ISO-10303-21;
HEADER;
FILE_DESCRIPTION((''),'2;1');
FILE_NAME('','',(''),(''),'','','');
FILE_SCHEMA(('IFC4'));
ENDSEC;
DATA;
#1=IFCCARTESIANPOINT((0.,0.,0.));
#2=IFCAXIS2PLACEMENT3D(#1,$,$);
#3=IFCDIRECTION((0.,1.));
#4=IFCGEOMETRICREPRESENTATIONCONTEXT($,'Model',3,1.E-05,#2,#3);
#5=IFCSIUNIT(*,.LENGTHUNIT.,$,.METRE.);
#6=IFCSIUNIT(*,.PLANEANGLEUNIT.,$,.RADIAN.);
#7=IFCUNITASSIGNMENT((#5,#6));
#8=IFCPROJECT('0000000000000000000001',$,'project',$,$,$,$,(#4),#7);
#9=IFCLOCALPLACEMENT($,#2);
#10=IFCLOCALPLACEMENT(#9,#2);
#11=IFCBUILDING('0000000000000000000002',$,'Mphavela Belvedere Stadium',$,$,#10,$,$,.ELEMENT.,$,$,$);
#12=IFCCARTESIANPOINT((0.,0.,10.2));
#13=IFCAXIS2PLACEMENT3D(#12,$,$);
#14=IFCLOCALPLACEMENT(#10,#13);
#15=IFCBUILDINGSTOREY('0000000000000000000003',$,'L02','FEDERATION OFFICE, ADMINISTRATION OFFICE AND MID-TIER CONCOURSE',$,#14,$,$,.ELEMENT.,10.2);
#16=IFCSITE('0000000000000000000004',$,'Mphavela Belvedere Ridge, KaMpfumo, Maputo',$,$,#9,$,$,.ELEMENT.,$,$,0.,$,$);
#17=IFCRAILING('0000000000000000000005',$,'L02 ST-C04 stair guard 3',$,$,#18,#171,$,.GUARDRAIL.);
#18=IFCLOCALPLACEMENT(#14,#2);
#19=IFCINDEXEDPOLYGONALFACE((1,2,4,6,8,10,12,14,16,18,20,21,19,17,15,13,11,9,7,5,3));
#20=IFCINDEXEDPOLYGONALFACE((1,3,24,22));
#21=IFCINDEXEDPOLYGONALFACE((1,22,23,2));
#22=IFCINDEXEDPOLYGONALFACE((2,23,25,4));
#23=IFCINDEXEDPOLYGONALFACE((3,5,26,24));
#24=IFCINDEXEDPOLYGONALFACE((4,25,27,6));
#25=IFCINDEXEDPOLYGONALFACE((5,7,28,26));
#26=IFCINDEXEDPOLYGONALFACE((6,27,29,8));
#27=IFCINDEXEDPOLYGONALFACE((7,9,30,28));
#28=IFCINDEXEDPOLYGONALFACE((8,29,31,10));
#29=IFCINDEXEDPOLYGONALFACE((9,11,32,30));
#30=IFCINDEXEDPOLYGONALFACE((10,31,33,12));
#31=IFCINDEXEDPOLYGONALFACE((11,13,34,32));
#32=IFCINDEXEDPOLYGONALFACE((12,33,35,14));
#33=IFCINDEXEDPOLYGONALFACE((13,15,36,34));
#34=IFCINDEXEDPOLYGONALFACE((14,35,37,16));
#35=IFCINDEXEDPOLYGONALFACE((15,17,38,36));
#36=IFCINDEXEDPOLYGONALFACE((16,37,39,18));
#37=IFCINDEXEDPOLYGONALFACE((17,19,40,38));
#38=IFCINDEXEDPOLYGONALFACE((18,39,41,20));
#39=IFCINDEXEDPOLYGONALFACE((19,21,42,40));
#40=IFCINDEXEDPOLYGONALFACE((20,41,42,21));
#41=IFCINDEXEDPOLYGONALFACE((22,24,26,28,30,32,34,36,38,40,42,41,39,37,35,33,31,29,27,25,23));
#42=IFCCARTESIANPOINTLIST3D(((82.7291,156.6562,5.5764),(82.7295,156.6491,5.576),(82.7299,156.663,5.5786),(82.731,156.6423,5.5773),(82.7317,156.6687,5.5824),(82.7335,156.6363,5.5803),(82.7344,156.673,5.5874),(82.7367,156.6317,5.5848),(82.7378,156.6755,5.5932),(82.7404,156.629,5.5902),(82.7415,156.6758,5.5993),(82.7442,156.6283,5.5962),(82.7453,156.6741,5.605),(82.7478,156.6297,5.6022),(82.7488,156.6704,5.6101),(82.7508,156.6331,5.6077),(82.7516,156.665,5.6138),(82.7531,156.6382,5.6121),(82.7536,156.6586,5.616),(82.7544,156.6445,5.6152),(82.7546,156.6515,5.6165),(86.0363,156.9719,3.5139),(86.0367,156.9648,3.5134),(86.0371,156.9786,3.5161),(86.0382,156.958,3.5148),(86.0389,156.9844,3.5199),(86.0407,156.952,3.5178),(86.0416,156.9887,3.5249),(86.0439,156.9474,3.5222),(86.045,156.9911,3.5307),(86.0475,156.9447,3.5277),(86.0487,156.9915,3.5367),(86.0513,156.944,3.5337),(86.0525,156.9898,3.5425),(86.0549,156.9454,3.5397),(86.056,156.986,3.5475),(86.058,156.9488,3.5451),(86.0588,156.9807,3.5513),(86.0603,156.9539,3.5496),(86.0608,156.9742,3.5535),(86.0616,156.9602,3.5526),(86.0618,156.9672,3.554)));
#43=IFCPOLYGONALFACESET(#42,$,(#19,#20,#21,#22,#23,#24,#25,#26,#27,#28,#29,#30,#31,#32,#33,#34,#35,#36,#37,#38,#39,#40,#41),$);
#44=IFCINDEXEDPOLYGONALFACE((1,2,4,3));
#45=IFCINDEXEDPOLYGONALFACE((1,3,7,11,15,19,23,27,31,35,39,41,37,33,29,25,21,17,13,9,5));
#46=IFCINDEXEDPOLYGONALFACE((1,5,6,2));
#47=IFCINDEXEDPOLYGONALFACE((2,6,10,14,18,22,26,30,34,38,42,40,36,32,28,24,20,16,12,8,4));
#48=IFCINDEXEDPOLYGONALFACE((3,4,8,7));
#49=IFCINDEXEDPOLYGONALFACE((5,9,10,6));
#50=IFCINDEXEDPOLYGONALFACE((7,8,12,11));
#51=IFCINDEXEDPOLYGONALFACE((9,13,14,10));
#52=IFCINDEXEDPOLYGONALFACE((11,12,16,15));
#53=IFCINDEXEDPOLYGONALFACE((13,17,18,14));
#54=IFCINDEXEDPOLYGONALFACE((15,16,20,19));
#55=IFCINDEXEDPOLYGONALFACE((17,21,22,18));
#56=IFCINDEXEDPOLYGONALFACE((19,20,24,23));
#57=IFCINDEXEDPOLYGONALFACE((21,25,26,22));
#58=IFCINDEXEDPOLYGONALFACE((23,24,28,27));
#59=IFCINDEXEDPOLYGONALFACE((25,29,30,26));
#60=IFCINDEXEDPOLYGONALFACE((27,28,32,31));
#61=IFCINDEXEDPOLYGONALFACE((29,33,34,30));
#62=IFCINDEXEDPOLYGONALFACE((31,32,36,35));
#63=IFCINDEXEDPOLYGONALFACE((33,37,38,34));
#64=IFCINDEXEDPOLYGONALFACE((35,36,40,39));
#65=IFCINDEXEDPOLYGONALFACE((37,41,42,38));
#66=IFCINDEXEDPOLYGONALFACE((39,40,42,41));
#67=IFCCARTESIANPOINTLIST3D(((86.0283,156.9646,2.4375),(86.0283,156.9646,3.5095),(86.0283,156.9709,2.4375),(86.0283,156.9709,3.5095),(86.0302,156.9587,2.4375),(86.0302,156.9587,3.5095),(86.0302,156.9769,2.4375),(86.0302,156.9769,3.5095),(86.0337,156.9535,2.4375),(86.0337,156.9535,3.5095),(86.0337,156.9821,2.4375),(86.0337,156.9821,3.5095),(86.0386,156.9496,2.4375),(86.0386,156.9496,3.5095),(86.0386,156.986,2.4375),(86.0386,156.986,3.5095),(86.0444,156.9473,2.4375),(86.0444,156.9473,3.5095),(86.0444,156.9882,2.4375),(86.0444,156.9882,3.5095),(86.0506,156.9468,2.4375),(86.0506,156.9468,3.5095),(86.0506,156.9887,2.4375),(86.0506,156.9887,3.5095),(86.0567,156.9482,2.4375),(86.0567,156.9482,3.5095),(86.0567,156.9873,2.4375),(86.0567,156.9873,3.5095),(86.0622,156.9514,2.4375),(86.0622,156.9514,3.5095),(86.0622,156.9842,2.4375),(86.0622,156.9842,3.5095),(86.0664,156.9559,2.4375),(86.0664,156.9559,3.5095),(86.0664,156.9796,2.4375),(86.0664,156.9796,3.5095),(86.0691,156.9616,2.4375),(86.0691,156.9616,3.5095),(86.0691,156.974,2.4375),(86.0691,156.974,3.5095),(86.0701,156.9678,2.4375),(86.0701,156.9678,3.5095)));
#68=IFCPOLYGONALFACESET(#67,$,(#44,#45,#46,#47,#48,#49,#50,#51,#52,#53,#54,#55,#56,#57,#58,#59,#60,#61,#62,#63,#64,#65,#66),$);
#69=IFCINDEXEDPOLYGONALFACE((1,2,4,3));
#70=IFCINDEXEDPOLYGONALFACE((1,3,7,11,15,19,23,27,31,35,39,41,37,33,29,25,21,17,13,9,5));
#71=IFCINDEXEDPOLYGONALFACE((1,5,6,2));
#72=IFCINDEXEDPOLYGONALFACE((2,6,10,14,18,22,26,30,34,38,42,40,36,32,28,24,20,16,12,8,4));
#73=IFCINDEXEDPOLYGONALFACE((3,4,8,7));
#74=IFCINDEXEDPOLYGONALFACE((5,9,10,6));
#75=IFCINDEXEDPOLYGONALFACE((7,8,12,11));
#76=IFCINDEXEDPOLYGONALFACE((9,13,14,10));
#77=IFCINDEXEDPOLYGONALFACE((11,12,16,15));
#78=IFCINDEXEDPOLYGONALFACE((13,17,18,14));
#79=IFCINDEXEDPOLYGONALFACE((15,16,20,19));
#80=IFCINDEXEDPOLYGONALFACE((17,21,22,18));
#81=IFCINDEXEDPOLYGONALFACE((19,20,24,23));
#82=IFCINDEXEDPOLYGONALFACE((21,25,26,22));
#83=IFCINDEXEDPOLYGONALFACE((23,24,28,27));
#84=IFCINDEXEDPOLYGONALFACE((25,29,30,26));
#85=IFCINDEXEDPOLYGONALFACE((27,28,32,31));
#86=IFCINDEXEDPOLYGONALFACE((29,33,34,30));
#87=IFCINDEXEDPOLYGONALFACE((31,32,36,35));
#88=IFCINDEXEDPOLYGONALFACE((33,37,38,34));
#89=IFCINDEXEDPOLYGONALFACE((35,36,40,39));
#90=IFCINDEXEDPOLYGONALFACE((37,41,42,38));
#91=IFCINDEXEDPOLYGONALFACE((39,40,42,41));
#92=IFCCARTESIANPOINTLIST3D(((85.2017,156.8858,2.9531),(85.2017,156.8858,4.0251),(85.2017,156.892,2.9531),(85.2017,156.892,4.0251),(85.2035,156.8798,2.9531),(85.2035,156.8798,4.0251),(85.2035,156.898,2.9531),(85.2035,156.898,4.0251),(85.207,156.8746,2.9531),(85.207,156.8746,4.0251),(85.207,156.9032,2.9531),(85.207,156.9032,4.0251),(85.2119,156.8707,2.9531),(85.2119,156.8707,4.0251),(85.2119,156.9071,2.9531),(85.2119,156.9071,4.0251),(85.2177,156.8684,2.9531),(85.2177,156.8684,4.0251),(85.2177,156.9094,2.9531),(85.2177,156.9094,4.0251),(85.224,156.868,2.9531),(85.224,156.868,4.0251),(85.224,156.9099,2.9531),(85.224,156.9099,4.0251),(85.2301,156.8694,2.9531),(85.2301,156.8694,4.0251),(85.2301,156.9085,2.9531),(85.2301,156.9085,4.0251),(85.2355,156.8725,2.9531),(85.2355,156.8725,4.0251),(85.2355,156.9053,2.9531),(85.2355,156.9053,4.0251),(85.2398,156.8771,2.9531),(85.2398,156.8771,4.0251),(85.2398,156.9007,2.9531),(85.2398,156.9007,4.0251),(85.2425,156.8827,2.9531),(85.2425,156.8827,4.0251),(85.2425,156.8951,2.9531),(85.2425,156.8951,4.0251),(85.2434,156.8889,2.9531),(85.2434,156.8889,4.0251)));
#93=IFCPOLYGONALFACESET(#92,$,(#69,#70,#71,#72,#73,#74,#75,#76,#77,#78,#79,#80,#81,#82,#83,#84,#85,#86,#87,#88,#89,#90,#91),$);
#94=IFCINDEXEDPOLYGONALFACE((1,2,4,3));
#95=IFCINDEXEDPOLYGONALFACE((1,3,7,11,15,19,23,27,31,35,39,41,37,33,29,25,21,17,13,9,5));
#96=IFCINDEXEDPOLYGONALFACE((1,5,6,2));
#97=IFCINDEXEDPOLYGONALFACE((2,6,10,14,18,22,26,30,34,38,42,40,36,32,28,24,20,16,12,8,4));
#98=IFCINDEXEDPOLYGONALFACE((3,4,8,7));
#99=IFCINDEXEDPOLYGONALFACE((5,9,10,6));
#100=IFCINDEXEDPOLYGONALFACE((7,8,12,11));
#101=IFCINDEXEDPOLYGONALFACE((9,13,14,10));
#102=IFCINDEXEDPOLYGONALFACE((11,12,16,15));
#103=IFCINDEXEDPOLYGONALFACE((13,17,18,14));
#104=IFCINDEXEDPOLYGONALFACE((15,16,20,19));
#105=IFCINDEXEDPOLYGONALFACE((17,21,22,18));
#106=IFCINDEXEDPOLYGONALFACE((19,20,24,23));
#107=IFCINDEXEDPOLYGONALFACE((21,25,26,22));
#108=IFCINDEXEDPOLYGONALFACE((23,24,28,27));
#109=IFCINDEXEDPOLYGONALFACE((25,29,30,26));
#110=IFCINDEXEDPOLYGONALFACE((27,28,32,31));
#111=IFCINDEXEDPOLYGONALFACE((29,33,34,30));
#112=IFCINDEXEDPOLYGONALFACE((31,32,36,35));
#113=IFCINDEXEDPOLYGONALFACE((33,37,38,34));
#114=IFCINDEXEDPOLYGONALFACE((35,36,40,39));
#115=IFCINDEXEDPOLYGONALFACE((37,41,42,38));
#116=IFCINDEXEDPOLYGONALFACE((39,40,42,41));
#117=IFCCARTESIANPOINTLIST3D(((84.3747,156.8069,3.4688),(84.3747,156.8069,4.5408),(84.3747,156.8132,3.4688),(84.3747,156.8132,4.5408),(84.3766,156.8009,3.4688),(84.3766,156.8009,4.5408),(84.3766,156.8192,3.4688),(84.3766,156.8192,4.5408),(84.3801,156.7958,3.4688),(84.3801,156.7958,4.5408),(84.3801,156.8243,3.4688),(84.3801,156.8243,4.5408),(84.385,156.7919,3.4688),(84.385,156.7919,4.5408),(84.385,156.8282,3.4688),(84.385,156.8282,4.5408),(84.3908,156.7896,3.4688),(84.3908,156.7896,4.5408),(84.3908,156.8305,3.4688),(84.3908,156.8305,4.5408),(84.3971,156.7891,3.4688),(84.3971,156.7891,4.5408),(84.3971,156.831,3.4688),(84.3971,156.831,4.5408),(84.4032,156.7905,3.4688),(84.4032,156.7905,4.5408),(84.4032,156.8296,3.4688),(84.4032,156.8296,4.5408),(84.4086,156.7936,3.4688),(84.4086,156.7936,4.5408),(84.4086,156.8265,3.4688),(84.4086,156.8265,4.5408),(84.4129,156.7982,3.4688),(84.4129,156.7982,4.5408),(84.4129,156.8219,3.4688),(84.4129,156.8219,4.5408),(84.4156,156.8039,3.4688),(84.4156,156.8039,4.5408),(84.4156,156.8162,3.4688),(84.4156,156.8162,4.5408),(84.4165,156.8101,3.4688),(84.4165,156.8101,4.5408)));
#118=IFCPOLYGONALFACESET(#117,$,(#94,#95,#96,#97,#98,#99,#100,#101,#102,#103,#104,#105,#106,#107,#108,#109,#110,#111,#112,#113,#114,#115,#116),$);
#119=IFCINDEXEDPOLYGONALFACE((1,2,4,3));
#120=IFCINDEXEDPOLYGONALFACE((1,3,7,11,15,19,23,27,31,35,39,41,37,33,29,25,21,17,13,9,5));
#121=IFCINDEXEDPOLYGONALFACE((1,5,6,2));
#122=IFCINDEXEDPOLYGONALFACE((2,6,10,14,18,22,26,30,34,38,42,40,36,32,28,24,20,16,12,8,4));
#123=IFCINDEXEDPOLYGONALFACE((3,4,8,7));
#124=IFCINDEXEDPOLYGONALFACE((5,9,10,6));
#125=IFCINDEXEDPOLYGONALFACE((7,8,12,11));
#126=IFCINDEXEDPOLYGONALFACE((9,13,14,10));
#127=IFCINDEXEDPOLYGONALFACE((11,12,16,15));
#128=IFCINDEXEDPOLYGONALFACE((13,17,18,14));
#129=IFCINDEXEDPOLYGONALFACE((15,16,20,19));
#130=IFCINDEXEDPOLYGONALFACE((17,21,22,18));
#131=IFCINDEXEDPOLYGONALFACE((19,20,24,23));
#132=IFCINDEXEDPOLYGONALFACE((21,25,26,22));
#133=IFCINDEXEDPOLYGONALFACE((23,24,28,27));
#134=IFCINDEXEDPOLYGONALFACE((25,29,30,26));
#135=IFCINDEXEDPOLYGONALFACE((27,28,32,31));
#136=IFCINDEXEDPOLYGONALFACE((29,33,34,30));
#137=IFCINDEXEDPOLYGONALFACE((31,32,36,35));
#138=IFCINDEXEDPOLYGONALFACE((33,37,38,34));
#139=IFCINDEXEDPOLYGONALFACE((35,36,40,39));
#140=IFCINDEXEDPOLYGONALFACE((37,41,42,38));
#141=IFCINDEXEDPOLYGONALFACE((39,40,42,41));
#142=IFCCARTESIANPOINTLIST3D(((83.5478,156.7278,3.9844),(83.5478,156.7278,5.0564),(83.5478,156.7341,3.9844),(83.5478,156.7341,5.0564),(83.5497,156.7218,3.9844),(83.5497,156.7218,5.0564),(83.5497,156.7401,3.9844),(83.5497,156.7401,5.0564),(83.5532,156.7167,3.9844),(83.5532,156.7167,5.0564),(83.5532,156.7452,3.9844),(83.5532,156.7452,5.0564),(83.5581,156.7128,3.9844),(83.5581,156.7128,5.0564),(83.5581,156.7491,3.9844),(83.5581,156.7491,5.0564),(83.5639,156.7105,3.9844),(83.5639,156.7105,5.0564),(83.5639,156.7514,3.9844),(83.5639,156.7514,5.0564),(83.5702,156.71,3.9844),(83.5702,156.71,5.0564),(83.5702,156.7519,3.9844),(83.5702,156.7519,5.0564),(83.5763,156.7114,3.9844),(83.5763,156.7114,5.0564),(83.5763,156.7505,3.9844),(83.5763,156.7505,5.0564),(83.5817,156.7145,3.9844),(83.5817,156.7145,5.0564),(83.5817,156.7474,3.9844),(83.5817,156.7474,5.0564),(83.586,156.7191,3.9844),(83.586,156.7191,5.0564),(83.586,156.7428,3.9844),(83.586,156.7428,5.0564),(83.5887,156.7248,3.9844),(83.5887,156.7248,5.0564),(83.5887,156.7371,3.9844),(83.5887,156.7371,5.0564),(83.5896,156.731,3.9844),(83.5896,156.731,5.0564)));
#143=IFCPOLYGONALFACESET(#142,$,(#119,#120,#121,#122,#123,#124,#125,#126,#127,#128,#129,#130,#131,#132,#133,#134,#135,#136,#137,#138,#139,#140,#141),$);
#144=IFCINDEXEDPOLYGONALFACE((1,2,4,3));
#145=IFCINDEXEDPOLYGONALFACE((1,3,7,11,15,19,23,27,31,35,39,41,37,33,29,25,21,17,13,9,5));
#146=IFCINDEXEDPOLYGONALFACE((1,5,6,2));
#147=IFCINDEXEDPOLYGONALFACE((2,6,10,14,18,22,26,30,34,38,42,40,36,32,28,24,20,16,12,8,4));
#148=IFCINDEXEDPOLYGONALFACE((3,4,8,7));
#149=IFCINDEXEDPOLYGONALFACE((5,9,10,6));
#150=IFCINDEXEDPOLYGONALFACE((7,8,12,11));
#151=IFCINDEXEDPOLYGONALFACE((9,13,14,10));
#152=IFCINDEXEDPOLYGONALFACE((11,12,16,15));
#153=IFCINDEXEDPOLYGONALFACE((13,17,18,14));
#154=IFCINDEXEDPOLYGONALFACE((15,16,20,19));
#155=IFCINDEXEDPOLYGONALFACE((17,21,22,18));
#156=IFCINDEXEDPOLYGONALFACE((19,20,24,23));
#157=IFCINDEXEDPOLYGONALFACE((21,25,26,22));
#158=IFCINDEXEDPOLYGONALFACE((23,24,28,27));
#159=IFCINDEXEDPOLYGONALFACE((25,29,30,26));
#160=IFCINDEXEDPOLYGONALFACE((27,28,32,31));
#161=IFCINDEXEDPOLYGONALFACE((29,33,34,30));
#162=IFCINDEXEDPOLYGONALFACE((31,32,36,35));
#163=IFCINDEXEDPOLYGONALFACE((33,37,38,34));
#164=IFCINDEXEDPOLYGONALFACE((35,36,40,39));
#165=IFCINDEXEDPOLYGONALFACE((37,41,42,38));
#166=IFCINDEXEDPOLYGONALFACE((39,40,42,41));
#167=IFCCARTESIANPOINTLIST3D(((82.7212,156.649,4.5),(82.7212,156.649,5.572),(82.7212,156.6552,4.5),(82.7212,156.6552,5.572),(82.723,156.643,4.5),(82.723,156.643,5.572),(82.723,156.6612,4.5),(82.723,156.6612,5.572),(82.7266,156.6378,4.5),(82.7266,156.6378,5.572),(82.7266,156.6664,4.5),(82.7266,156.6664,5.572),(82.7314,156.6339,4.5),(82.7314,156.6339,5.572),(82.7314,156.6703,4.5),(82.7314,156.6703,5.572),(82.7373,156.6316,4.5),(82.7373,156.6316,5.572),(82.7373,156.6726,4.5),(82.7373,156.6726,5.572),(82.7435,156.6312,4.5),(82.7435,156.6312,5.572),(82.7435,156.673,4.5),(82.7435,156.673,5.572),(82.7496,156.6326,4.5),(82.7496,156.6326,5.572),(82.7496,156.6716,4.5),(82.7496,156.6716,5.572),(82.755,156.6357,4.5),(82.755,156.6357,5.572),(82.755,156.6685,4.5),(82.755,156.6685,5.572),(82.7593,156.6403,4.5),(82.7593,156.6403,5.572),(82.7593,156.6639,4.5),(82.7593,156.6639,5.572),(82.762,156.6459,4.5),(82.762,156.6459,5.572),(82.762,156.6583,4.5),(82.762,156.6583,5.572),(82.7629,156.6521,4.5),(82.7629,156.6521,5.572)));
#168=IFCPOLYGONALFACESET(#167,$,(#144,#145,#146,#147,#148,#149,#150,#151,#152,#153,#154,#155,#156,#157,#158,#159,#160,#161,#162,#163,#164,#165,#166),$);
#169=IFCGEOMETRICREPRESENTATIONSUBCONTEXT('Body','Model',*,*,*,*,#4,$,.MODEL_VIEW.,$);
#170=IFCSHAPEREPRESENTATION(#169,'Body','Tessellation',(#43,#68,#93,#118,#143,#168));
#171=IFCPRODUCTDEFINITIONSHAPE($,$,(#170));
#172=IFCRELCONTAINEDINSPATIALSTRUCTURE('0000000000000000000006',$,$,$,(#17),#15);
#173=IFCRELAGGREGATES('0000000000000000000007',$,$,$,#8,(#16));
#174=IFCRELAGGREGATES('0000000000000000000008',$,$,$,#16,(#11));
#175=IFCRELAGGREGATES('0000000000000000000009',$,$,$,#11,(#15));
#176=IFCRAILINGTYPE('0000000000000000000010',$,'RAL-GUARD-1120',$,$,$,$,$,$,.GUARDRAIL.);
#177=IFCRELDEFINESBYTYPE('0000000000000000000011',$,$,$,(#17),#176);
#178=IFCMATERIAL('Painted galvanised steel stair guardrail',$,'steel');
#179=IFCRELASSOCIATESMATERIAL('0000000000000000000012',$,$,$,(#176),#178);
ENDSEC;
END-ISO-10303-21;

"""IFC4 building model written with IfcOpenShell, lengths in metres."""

from ifc_helpers import new_model, si_unit, direction, frame, origin, origin_2d, place, context, subcontext, project, spatial, circle, extrude, material, type_object, element, save


model = new_model("IFC4")

# Units and contexts
model_context = context("Model", 3, precision=1e-05, world=origin(), true_north=direction((0.0, 1.0)))
body_context = subcontext(model_context, "Body", "Model", "MODEL_VIEW")
ifc_project = project(units=[si_unit("LENGTHUNIT", "METRE"), si_unit("PLANEANGLEUNIT", "RADIAN")], contexts=[model_context])

# Site, building, storey
site_placement = place(None, origin())
site = spatial("IfcSite", under=ifc_project, at=site_placement, Name="Mphavela Belvedere Ridge, KaMpfumo, Maputo", CompositionType="ELEMENT", RefElevation=0.0)
building_placement = place(site_placement, origin())
building = spatial("IfcBuilding", under=site, at=building_placement, Name="Mphavela Belvedere Stadium", CompositionType="ELEMENT")
storey_placement = place(building_placement, frame((0.0, 0.0, 10.2)))
storey = spatial("IfcBuildingStorey", under=building, at=storey_placement, Name="L02", Description="FEDERATION OFFICE, ADMINISTRATION OFFICE AND MID-TIER CONCOURSE", CompositionType="ELEMENT", Elevation=10.2)

# Railing
ifc_material_1 = material(Name="Painted galvanised steel stair guardrail", Category="steel")
railing_type_1 = type_object("IfcRailingType", Name="RAL-GUARD-1120", PredefinedType="GUARDRAIL", material=ifc_material_1)
railing_1_placement = place(storey_placement, frame((86.0491, 156.9678, 2.4375)))
element("IfcRailing", 1, at=railing_1_placement, inside=storey, type_object=railing_type_1, Name="L02 ST-C04 stair guard 3", PredefinedType="GUARDRAIL", context=body_context, shape_type="SweptSolid", body=[
    extrude(circle(Radius=0.0239, at=origin_2d()), frame((0.0, 0.0, 1.0962), z_axis=(-0.845742, -0.080728, 0.527449), x_axis=(0.095021, -0.995475, 0.0)), (0.0, 0.0, 1.0), 3.9104),
    extrude(circle(Radius=0.021, at=origin_2d()), origin(), (0.0, 0.0, 1.0), 1.072),
    extrude(circle(Radius=0.021, at=origin_2d()), frame((-0.8267, -0.0789, 0.5156)), (0.0, 0.0, 1.0), 1.072),
    extrude(circle(Radius=0.021, at=origin_2d()), frame((-1.6536, -0.1577, 1.0312)), (0.0, 0.0, 1.0), 1.072),
    extrude(circle(Radius=0.021, at=origin_2d()), frame((-2.4805, -0.2368, 1.5469)), (0.0, 0.0, 1.0), 1.072),
    extrude(circle(Radius=0.021, at=origin_2d()), frame((-3.3071, -0.3157, 2.0625)), (0.0, 0.0, 1.0), 1.072),
])

save(model, "model.ifc")
